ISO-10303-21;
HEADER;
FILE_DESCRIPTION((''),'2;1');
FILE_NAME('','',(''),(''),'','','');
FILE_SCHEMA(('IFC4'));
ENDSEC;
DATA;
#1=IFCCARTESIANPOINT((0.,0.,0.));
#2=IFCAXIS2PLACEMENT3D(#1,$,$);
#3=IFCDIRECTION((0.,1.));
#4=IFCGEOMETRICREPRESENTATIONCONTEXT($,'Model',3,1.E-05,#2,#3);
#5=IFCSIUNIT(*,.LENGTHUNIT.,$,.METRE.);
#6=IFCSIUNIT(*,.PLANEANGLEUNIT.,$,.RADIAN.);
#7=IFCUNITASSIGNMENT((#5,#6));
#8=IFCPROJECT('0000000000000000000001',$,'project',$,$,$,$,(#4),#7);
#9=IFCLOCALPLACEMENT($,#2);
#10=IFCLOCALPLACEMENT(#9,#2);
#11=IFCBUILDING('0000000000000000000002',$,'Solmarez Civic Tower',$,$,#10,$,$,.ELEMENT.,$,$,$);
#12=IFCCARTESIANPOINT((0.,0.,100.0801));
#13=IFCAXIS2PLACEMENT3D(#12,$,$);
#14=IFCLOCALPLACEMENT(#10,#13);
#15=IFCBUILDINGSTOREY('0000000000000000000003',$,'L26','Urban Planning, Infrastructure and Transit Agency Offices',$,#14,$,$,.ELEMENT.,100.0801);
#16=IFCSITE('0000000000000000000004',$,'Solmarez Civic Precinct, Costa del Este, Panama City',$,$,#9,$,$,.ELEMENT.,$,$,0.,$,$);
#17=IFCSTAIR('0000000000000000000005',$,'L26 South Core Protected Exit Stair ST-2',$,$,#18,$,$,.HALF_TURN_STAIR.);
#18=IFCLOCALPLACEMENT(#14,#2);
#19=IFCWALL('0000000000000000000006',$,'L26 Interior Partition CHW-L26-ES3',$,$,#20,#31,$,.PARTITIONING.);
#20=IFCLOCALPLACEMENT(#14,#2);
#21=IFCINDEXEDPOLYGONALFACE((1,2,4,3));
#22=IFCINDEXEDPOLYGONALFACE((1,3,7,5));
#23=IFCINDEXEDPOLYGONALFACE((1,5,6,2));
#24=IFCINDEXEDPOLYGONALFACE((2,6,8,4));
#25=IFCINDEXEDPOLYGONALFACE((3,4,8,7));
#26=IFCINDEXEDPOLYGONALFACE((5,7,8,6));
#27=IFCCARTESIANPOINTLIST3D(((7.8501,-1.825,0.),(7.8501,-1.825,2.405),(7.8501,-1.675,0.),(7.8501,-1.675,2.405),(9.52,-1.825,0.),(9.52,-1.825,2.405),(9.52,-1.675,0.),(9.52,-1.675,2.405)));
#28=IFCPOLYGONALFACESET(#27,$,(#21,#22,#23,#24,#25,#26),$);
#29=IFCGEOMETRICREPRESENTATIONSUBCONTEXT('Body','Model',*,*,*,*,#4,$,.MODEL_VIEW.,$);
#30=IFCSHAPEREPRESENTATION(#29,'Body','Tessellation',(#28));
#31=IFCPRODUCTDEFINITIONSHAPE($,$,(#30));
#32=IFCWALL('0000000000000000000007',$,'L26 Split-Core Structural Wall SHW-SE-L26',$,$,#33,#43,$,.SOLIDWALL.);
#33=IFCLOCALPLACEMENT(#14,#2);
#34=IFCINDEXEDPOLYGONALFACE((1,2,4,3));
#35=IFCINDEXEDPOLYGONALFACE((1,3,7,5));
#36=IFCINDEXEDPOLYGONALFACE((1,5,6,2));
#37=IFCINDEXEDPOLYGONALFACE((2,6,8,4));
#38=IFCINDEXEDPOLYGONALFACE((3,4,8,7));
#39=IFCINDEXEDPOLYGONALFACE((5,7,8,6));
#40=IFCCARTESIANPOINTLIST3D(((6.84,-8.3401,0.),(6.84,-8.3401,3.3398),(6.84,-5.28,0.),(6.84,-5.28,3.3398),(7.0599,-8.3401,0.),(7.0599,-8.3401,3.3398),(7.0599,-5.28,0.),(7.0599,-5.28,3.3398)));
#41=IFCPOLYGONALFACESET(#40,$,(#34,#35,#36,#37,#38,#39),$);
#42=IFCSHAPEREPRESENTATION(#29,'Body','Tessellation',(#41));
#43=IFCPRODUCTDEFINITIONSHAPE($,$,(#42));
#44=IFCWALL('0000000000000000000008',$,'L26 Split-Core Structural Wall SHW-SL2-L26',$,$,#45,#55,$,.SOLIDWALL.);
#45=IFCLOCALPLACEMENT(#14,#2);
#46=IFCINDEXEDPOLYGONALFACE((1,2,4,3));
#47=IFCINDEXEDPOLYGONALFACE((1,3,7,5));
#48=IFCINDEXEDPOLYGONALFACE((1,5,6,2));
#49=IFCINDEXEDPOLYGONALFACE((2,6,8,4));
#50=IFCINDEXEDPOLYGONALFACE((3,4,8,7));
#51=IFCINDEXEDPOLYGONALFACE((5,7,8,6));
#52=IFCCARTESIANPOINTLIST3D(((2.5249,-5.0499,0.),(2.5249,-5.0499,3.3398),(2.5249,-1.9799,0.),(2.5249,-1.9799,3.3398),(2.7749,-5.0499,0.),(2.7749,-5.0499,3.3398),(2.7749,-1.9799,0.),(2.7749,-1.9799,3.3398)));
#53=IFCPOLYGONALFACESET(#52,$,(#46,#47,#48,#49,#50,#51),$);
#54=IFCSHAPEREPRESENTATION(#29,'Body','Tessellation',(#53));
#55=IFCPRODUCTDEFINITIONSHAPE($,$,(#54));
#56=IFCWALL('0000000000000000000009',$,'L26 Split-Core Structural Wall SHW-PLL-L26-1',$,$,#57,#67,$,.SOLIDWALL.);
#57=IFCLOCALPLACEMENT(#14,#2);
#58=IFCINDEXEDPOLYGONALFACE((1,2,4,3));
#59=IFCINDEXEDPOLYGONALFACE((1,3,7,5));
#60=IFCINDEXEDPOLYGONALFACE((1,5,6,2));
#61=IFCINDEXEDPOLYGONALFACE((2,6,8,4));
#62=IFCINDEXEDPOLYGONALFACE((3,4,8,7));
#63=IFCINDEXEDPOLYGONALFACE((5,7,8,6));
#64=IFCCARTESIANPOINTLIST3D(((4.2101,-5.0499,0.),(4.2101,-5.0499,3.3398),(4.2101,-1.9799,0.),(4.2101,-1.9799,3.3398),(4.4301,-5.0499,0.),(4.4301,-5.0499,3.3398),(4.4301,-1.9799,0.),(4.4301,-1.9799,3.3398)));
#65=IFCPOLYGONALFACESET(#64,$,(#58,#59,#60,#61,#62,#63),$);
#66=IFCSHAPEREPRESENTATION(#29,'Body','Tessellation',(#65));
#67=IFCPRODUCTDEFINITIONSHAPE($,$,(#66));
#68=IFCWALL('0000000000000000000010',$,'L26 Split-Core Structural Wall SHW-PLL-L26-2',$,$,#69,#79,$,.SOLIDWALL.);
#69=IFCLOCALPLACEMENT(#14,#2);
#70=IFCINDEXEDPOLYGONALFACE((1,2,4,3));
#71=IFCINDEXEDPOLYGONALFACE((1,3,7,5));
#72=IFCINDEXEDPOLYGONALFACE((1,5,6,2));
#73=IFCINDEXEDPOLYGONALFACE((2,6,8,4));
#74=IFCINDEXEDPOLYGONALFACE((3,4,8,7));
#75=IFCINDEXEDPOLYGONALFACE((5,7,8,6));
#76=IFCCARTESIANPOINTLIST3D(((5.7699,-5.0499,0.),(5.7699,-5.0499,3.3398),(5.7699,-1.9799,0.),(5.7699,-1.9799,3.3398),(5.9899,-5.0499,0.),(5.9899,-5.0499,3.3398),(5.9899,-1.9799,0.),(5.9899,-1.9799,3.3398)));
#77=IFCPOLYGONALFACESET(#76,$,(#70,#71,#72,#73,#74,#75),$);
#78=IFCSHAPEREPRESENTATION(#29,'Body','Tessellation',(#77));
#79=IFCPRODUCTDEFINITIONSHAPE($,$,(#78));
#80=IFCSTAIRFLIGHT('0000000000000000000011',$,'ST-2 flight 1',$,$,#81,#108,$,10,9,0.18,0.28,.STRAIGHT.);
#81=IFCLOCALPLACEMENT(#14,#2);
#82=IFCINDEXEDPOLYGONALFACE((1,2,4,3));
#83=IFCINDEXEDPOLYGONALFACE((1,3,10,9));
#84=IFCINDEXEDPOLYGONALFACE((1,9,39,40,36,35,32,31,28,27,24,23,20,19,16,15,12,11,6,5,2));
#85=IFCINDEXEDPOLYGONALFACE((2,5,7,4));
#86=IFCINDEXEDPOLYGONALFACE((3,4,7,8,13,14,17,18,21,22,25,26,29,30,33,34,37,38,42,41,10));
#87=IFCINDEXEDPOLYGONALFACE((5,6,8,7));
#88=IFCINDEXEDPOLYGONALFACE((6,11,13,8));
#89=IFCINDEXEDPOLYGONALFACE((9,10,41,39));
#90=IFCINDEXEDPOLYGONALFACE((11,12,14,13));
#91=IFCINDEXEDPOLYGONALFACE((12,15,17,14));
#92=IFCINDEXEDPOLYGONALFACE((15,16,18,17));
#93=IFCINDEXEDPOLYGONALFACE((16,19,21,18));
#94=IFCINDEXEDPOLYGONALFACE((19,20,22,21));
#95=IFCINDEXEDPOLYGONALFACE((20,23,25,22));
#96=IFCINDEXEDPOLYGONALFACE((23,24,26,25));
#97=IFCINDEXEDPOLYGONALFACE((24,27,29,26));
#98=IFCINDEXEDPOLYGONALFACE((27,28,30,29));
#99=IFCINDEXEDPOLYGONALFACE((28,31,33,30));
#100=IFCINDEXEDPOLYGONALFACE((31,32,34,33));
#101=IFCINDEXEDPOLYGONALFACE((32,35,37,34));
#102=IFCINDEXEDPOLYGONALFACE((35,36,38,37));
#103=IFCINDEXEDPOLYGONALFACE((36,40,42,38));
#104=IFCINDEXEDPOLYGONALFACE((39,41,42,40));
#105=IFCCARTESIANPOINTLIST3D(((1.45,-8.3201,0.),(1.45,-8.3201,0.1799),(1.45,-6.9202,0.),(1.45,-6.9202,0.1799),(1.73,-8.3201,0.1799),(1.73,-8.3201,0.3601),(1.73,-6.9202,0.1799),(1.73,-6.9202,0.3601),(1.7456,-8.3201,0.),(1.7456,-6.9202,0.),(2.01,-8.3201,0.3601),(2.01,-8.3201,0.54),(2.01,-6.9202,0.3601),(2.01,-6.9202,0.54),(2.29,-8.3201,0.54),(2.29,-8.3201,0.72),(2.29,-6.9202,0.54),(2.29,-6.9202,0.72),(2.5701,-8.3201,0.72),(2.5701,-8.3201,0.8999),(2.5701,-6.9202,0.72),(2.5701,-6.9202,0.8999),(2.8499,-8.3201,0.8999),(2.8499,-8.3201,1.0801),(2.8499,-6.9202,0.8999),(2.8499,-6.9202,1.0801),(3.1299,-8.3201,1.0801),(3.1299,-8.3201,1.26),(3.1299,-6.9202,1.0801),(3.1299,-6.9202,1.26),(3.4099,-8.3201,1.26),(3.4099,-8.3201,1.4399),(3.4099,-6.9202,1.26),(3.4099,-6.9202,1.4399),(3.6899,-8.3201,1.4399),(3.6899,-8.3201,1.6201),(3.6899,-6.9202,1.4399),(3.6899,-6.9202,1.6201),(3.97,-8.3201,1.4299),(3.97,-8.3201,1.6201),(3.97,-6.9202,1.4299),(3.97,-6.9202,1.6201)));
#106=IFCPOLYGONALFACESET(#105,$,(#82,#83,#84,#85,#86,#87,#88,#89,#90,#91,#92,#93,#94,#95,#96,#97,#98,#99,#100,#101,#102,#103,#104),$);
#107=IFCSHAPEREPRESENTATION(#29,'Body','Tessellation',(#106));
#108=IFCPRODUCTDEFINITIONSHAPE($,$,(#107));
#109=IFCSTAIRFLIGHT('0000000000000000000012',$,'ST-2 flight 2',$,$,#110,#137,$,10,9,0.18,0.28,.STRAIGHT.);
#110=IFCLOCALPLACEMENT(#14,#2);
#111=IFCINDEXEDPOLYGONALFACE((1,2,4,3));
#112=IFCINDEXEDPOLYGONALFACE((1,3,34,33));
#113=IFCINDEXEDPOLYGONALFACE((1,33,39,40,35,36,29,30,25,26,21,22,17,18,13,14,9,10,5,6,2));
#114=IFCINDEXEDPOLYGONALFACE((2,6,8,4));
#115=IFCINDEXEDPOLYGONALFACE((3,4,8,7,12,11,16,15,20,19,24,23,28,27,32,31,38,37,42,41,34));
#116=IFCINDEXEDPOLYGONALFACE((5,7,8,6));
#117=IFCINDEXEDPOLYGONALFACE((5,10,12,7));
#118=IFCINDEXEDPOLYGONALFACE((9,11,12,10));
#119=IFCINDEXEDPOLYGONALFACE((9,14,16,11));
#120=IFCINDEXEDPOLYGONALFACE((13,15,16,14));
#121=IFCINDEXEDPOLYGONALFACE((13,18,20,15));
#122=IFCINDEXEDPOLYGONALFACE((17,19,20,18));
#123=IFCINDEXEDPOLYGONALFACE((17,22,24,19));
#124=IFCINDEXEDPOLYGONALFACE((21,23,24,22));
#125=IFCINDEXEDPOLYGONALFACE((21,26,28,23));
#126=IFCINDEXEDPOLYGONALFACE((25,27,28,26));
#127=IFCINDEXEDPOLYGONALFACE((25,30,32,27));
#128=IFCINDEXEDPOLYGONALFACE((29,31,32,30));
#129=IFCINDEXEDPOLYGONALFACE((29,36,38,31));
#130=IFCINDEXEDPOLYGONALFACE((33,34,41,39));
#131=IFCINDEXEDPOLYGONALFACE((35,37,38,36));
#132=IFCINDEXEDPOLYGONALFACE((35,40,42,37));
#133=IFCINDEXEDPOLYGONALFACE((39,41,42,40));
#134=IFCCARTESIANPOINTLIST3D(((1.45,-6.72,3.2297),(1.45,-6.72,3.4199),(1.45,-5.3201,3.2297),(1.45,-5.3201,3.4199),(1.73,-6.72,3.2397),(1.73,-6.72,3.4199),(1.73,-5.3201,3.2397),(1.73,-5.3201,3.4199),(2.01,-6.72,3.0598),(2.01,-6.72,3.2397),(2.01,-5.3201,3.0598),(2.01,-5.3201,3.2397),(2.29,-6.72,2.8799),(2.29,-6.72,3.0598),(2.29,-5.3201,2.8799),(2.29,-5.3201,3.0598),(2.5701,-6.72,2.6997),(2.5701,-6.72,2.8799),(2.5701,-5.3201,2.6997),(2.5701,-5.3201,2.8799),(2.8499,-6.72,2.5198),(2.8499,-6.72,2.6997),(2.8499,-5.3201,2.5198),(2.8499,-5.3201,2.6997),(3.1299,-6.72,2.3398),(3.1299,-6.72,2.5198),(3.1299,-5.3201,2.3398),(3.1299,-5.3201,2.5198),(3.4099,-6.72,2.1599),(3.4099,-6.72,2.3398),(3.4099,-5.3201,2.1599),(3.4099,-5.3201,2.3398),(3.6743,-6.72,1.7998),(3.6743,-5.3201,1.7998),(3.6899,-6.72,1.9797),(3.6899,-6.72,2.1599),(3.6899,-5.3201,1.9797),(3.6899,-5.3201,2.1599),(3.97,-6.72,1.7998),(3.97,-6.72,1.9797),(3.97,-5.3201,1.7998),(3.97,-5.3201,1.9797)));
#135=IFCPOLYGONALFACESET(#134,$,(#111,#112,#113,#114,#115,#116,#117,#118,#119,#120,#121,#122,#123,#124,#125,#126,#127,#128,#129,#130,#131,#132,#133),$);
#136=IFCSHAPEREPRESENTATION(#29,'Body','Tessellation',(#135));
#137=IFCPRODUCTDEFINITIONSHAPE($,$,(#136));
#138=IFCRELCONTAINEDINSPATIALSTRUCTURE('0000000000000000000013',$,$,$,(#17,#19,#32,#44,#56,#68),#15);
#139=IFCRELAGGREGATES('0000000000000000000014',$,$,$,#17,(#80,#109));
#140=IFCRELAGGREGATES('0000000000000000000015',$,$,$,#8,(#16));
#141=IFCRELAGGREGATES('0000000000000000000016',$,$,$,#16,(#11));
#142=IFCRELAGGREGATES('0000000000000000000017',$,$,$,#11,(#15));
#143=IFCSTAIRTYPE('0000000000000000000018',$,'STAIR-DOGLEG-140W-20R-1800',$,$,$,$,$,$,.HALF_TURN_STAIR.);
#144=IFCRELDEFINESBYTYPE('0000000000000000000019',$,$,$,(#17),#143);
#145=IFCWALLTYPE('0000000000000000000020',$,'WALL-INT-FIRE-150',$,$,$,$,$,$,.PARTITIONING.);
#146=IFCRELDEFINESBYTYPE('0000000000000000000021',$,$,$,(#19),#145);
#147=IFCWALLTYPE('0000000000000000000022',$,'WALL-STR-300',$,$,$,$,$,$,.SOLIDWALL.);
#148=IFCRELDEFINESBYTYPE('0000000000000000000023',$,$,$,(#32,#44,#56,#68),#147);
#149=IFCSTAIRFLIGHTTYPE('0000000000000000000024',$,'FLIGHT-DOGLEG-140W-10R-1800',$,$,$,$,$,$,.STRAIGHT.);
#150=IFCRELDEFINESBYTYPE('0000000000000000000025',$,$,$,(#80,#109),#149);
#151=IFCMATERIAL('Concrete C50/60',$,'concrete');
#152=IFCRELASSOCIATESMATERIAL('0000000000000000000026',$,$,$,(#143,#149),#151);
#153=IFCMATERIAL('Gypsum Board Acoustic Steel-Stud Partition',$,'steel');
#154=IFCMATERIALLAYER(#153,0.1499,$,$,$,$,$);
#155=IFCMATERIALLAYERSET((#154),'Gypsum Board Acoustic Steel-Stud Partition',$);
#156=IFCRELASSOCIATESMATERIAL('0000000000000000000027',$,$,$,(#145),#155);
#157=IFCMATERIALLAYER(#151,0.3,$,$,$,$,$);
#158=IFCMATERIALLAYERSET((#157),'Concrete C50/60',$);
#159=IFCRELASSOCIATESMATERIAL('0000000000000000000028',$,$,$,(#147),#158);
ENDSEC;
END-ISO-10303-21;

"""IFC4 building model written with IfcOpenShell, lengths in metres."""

from ifc_helpers import new_model, si_unit, direction, frame, frame_2d, origin, place, context, subcontext, project, spatial, polyline, rectangle, outline, extrude, material, layer, layer_set, type_object, element, aggregate, save


model = new_model("IFC4")

# Units and contexts
model_context = context("Model", 3, precision=1e-05, world=origin(), true_north=direction((0.0, 1.0)))
body_context = subcontext(model_context, "Body", "Model", "MODEL_VIEW")
ifc_project = project(units=[si_unit("LENGTHUNIT", "METRE"), si_unit("PLANEANGLEUNIT", "RADIAN")], contexts=[model_context])

# Site, building, storey
site_placement = place(None, origin())
site = spatial("IfcSite", under=ifc_project, at=site_placement, Name="Solmarez Civic Precinct, Costa del Este, Panama City", CompositionType="ELEMENT", RefElevation=0.0)
building_placement = place(site_placement, origin())
building = spatial("IfcBuilding", under=site, at=building_placement, Name="Solmarez Civic Tower", CompositionType="ELEMENT")
storey_placement = place(building_placement, frame((0.0, 0.0, 100.0801)))
storey = spatial("IfcBuildingStorey", under=building, at=storey_placement, Name="L26", Description="Urban Planning, Infrastructure and Transit Agency Offices", CompositionType="ELEMENT", Elevation=100.0801)

# Shared definitions
ifc_material_1 = material(Name="Concrete C50/60", Category="concrete")

# Stair
stair_type = type_object("IfcStairType", Name="STAIR-DOGLEG-140W-20R-1800", PredefinedType="HALF_TURN_STAIR", material=ifc_material_1)
stair_1_placement = place(storey_placement, origin())
stair_1 = element("IfcStair", 1, at=stair_1_placement, inside=storey, type_object=stair_type, Name="L26 South Core Protected Exit Stair ST-2", PredefinedType="HALF_TURN_STAIR")

# Walls
ifc_material_2 = material(Name="Gypsum Board Acoustic Steel-Stud Partition", Category="steel")
ifc_layer_1 = layer(ifc_material_2, 0.1499)
ifc_layer_set_1 = layer_set([ifc_layer_1], Name="Gypsum Board Acoustic Steel-Stud Partition")
wall_type_1 = type_object("IfcWallType", Name="WALL-INT-FIRE-150", PredefinedType="PARTITIONING", material=ifc_layer_set_1)
wall_1_placement = place(storey_placement, frame((7.8501, -1.75, 0.0), z_axis=(0.0, 0.0, 1.0), x_axis=(1.0, 0.0, 0.0)))
element("IfcWall", 2, at=wall_1_placement, inside=storey, type_object=wall_type_1, Name="L26 Interior Partition CHW-L26-ES3", PredefinedType="PARTITIONING", context=body_context, shape_type="SweptSolid", body=[
    extrude(rectangle(XDim=1.6699, YDim=0.1499, at=frame_2d((0.835, 0.0))), origin(), (0.0, 0.0, 1.0), 2.405),
])
ifc_layer_2 = layer(ifc_material_1, 0.3)
ifc_layer_set_2 = layer_set([ifc_layer_2], Name="Concrete C50/60")
wall_type_2 = type_object("IfcWallType", Name="WALL-STR-300", PredefinedType="SOLIDWALL", material=ifc_layer_set_2)
wall_2_placement = place(storey_placement, frame((6.95, -8.3401, 0.0), z_axis=(0.0, 0.0, 1.0), x_axis=(0.0, 1.0, 0.0)))
element("IfcWall", 3, at=wall_2_placement, inside=storey, type_object=wall_type_2, Name="L26 Split-Core Structural Wall SHW-SE-L26", PredefinedType="SOLIDWALL", context=body_context, shape_type="SweptSolid", body=[
    extrude(rectangle(XDim=3.0601, YDim=0.22, at=frame_2d((1.53, 0.0))), origin(), (0.0, 0.0, 1.0), 3.3398),
])
wall_3_placement = place(storey_placement, frame((2.6499, -5.05, 0.0), z_axis=(0.0, 0.0, 1.0), x_axis=(0.0, 1.0, 0.0)))
element("IfcWall", 4, at=wall_3_placement, inside=storey, type_object=wall_type_2, Name="L26 Split-Core Structural Wall SHW-SL2-L26", PredefinedType="SOLIDWALL", context=body_context, shape_type="SweptSolid", body=[
    extrude(rectangle(XDim=3.0701, YDim=0.25, at=frame_2d((1.5352, 0.0))), origin(), (0.0, 0.0, 1.0), 3.3398),
])
for number, where, z_axis, x_axis, name in (
    (5, (4.3201, -5.05, 0.0), (0.0, 0.0, 1.0), (0.0, 1.0, 0.0), "L26 Split-Core Structural Wall SHW-PLL-L26-1"),
    (6, (5.8799, -5.05, 0.0), (0.0, 0.0, 1.0), (0.0, 1.0, 0.0), "L26 Split-Core Structural Wall SHW-PLL-L26-2"),
):
    element("IfcWall", number, at=place(storey_placement, frame(where, z_axis=z_axis, x_axis=x_axis)), inside=storey, type_object=wall_type_2, Name=name, PredefinedType="SOLIDWALL", context=body_context, shape_type="SweptSolid", body=[
        extrude(rectangle(XDim=3.0701, YDim=0.22, at=frame_2d((1.5352, 0.0))), origin(), (0.0, 0.0, 1.0), 3.3398),
    ])

# Stair flights
stair_flight_type = type_object("IfcStairFlightType", Name="FLIGHT-DOGLEG-140W-10R-1800", PredefinedType="STRAIGHT", material=ifc_material_1)
stair_flight_1_placement = place(storey_placement, frame((1.45, -7.6201, 0.0), z_axis=(0.0, 0.0, 1.0), x_axis=(1.0, 0.0, 0.0)))
stair_flight_1 = element("IfcStairFlight", 7, at=stair_flight_1_placement, type_object=stair_flight_type, Name="ST-2 flight 1", NumberOfRisers=10, NumberOfTreads=9, PredefinedType="STRAIGHT", RiserHeight=0.18, TreadLength=0.28, context=body_context, shape_type="SweptSolid", body=[
    extrude(outline(polyline([(0.0, 0.0), (0.0, 0.1799), (0.28, 0.1799), (0.28, 0.3601), (0.5601, 0.3601), (0.5601, 0.54), (0.8401, 0.54), (0.8401, 0.72), (1.1201, 0.72), (1.1201, 0.8999), (1.3999, 0.8999), (1.3999, 1.0801), (1.6799, 1.0801), (1.6799, 1.26), (1.96, 1.26), (1.96, 1.4399), (2.24, 1.4399), (2.24, 1.6201), (2.52, 1.6201), (2.52, 1.8), (2.52, 1.4299), (0.2957, 0.0), (0.0, 0.0)])), frame((0.0, 0.7, 0.0), z_axis=(0.0, -1.0, 0.0), x_axis=(1.0, 0.0, 0.0)), (0.0, 0.0, 1.0), 1.3999),
])
stair_flight_2_placement = place(storey_placement, frame((3.97, -6.02, 1.7998), z_axis=(0.0, 0.0, 1.0), x_axis=(-1.0, 0.0, 0.0)))
stair_flight_2 = element("IfcStairFlight", 8, at=stair_flight_2_placement, type_object=stair_flight_type, Name="ST-2 flight 2", NumberOfRisers=10, NumberOfTreads=9, PredefinedType="STRAIGHT", RiserHeight=0.18, TreadLength=0.28, context=body_context, shape_type="SweptSolid", body=[
    extrude(outline(polyline([(0.0, 0.0), (0.0, 0.1799), (0.28, 0.1799), (0.28, 0.3601), (0.5601, 0.3601), (0.5601, 0.54), (0.8401, 0.54), (0.8401, 0.72), (1.1201, 0.72), (1.1201, 0.8999), (1.3999, 0.8999), (1.3999, 1.0801), (1.6799, 1.0801), (1.6799, 1.26), (1.96, 1.26), (1.96, 1.4399), (2.24, 1.4399), (2.24, 1.6201), (2.52, 1.6201), (2.52, 1.8), (2.52, 1.4299), (0.2957, 0.0), (0.0, 0.0)])), frame((0.0, 0.7, 0.0), z_axis=(0.0, -1.0, 0.0), x_axis=(1.0, 0.0, 0.0)), (0.0, 0.0, 1.0), 1.3999),
])
aggregate(stair_1, [stair_flight_1, stair_flight_2])

save(model, "model.ifc")
